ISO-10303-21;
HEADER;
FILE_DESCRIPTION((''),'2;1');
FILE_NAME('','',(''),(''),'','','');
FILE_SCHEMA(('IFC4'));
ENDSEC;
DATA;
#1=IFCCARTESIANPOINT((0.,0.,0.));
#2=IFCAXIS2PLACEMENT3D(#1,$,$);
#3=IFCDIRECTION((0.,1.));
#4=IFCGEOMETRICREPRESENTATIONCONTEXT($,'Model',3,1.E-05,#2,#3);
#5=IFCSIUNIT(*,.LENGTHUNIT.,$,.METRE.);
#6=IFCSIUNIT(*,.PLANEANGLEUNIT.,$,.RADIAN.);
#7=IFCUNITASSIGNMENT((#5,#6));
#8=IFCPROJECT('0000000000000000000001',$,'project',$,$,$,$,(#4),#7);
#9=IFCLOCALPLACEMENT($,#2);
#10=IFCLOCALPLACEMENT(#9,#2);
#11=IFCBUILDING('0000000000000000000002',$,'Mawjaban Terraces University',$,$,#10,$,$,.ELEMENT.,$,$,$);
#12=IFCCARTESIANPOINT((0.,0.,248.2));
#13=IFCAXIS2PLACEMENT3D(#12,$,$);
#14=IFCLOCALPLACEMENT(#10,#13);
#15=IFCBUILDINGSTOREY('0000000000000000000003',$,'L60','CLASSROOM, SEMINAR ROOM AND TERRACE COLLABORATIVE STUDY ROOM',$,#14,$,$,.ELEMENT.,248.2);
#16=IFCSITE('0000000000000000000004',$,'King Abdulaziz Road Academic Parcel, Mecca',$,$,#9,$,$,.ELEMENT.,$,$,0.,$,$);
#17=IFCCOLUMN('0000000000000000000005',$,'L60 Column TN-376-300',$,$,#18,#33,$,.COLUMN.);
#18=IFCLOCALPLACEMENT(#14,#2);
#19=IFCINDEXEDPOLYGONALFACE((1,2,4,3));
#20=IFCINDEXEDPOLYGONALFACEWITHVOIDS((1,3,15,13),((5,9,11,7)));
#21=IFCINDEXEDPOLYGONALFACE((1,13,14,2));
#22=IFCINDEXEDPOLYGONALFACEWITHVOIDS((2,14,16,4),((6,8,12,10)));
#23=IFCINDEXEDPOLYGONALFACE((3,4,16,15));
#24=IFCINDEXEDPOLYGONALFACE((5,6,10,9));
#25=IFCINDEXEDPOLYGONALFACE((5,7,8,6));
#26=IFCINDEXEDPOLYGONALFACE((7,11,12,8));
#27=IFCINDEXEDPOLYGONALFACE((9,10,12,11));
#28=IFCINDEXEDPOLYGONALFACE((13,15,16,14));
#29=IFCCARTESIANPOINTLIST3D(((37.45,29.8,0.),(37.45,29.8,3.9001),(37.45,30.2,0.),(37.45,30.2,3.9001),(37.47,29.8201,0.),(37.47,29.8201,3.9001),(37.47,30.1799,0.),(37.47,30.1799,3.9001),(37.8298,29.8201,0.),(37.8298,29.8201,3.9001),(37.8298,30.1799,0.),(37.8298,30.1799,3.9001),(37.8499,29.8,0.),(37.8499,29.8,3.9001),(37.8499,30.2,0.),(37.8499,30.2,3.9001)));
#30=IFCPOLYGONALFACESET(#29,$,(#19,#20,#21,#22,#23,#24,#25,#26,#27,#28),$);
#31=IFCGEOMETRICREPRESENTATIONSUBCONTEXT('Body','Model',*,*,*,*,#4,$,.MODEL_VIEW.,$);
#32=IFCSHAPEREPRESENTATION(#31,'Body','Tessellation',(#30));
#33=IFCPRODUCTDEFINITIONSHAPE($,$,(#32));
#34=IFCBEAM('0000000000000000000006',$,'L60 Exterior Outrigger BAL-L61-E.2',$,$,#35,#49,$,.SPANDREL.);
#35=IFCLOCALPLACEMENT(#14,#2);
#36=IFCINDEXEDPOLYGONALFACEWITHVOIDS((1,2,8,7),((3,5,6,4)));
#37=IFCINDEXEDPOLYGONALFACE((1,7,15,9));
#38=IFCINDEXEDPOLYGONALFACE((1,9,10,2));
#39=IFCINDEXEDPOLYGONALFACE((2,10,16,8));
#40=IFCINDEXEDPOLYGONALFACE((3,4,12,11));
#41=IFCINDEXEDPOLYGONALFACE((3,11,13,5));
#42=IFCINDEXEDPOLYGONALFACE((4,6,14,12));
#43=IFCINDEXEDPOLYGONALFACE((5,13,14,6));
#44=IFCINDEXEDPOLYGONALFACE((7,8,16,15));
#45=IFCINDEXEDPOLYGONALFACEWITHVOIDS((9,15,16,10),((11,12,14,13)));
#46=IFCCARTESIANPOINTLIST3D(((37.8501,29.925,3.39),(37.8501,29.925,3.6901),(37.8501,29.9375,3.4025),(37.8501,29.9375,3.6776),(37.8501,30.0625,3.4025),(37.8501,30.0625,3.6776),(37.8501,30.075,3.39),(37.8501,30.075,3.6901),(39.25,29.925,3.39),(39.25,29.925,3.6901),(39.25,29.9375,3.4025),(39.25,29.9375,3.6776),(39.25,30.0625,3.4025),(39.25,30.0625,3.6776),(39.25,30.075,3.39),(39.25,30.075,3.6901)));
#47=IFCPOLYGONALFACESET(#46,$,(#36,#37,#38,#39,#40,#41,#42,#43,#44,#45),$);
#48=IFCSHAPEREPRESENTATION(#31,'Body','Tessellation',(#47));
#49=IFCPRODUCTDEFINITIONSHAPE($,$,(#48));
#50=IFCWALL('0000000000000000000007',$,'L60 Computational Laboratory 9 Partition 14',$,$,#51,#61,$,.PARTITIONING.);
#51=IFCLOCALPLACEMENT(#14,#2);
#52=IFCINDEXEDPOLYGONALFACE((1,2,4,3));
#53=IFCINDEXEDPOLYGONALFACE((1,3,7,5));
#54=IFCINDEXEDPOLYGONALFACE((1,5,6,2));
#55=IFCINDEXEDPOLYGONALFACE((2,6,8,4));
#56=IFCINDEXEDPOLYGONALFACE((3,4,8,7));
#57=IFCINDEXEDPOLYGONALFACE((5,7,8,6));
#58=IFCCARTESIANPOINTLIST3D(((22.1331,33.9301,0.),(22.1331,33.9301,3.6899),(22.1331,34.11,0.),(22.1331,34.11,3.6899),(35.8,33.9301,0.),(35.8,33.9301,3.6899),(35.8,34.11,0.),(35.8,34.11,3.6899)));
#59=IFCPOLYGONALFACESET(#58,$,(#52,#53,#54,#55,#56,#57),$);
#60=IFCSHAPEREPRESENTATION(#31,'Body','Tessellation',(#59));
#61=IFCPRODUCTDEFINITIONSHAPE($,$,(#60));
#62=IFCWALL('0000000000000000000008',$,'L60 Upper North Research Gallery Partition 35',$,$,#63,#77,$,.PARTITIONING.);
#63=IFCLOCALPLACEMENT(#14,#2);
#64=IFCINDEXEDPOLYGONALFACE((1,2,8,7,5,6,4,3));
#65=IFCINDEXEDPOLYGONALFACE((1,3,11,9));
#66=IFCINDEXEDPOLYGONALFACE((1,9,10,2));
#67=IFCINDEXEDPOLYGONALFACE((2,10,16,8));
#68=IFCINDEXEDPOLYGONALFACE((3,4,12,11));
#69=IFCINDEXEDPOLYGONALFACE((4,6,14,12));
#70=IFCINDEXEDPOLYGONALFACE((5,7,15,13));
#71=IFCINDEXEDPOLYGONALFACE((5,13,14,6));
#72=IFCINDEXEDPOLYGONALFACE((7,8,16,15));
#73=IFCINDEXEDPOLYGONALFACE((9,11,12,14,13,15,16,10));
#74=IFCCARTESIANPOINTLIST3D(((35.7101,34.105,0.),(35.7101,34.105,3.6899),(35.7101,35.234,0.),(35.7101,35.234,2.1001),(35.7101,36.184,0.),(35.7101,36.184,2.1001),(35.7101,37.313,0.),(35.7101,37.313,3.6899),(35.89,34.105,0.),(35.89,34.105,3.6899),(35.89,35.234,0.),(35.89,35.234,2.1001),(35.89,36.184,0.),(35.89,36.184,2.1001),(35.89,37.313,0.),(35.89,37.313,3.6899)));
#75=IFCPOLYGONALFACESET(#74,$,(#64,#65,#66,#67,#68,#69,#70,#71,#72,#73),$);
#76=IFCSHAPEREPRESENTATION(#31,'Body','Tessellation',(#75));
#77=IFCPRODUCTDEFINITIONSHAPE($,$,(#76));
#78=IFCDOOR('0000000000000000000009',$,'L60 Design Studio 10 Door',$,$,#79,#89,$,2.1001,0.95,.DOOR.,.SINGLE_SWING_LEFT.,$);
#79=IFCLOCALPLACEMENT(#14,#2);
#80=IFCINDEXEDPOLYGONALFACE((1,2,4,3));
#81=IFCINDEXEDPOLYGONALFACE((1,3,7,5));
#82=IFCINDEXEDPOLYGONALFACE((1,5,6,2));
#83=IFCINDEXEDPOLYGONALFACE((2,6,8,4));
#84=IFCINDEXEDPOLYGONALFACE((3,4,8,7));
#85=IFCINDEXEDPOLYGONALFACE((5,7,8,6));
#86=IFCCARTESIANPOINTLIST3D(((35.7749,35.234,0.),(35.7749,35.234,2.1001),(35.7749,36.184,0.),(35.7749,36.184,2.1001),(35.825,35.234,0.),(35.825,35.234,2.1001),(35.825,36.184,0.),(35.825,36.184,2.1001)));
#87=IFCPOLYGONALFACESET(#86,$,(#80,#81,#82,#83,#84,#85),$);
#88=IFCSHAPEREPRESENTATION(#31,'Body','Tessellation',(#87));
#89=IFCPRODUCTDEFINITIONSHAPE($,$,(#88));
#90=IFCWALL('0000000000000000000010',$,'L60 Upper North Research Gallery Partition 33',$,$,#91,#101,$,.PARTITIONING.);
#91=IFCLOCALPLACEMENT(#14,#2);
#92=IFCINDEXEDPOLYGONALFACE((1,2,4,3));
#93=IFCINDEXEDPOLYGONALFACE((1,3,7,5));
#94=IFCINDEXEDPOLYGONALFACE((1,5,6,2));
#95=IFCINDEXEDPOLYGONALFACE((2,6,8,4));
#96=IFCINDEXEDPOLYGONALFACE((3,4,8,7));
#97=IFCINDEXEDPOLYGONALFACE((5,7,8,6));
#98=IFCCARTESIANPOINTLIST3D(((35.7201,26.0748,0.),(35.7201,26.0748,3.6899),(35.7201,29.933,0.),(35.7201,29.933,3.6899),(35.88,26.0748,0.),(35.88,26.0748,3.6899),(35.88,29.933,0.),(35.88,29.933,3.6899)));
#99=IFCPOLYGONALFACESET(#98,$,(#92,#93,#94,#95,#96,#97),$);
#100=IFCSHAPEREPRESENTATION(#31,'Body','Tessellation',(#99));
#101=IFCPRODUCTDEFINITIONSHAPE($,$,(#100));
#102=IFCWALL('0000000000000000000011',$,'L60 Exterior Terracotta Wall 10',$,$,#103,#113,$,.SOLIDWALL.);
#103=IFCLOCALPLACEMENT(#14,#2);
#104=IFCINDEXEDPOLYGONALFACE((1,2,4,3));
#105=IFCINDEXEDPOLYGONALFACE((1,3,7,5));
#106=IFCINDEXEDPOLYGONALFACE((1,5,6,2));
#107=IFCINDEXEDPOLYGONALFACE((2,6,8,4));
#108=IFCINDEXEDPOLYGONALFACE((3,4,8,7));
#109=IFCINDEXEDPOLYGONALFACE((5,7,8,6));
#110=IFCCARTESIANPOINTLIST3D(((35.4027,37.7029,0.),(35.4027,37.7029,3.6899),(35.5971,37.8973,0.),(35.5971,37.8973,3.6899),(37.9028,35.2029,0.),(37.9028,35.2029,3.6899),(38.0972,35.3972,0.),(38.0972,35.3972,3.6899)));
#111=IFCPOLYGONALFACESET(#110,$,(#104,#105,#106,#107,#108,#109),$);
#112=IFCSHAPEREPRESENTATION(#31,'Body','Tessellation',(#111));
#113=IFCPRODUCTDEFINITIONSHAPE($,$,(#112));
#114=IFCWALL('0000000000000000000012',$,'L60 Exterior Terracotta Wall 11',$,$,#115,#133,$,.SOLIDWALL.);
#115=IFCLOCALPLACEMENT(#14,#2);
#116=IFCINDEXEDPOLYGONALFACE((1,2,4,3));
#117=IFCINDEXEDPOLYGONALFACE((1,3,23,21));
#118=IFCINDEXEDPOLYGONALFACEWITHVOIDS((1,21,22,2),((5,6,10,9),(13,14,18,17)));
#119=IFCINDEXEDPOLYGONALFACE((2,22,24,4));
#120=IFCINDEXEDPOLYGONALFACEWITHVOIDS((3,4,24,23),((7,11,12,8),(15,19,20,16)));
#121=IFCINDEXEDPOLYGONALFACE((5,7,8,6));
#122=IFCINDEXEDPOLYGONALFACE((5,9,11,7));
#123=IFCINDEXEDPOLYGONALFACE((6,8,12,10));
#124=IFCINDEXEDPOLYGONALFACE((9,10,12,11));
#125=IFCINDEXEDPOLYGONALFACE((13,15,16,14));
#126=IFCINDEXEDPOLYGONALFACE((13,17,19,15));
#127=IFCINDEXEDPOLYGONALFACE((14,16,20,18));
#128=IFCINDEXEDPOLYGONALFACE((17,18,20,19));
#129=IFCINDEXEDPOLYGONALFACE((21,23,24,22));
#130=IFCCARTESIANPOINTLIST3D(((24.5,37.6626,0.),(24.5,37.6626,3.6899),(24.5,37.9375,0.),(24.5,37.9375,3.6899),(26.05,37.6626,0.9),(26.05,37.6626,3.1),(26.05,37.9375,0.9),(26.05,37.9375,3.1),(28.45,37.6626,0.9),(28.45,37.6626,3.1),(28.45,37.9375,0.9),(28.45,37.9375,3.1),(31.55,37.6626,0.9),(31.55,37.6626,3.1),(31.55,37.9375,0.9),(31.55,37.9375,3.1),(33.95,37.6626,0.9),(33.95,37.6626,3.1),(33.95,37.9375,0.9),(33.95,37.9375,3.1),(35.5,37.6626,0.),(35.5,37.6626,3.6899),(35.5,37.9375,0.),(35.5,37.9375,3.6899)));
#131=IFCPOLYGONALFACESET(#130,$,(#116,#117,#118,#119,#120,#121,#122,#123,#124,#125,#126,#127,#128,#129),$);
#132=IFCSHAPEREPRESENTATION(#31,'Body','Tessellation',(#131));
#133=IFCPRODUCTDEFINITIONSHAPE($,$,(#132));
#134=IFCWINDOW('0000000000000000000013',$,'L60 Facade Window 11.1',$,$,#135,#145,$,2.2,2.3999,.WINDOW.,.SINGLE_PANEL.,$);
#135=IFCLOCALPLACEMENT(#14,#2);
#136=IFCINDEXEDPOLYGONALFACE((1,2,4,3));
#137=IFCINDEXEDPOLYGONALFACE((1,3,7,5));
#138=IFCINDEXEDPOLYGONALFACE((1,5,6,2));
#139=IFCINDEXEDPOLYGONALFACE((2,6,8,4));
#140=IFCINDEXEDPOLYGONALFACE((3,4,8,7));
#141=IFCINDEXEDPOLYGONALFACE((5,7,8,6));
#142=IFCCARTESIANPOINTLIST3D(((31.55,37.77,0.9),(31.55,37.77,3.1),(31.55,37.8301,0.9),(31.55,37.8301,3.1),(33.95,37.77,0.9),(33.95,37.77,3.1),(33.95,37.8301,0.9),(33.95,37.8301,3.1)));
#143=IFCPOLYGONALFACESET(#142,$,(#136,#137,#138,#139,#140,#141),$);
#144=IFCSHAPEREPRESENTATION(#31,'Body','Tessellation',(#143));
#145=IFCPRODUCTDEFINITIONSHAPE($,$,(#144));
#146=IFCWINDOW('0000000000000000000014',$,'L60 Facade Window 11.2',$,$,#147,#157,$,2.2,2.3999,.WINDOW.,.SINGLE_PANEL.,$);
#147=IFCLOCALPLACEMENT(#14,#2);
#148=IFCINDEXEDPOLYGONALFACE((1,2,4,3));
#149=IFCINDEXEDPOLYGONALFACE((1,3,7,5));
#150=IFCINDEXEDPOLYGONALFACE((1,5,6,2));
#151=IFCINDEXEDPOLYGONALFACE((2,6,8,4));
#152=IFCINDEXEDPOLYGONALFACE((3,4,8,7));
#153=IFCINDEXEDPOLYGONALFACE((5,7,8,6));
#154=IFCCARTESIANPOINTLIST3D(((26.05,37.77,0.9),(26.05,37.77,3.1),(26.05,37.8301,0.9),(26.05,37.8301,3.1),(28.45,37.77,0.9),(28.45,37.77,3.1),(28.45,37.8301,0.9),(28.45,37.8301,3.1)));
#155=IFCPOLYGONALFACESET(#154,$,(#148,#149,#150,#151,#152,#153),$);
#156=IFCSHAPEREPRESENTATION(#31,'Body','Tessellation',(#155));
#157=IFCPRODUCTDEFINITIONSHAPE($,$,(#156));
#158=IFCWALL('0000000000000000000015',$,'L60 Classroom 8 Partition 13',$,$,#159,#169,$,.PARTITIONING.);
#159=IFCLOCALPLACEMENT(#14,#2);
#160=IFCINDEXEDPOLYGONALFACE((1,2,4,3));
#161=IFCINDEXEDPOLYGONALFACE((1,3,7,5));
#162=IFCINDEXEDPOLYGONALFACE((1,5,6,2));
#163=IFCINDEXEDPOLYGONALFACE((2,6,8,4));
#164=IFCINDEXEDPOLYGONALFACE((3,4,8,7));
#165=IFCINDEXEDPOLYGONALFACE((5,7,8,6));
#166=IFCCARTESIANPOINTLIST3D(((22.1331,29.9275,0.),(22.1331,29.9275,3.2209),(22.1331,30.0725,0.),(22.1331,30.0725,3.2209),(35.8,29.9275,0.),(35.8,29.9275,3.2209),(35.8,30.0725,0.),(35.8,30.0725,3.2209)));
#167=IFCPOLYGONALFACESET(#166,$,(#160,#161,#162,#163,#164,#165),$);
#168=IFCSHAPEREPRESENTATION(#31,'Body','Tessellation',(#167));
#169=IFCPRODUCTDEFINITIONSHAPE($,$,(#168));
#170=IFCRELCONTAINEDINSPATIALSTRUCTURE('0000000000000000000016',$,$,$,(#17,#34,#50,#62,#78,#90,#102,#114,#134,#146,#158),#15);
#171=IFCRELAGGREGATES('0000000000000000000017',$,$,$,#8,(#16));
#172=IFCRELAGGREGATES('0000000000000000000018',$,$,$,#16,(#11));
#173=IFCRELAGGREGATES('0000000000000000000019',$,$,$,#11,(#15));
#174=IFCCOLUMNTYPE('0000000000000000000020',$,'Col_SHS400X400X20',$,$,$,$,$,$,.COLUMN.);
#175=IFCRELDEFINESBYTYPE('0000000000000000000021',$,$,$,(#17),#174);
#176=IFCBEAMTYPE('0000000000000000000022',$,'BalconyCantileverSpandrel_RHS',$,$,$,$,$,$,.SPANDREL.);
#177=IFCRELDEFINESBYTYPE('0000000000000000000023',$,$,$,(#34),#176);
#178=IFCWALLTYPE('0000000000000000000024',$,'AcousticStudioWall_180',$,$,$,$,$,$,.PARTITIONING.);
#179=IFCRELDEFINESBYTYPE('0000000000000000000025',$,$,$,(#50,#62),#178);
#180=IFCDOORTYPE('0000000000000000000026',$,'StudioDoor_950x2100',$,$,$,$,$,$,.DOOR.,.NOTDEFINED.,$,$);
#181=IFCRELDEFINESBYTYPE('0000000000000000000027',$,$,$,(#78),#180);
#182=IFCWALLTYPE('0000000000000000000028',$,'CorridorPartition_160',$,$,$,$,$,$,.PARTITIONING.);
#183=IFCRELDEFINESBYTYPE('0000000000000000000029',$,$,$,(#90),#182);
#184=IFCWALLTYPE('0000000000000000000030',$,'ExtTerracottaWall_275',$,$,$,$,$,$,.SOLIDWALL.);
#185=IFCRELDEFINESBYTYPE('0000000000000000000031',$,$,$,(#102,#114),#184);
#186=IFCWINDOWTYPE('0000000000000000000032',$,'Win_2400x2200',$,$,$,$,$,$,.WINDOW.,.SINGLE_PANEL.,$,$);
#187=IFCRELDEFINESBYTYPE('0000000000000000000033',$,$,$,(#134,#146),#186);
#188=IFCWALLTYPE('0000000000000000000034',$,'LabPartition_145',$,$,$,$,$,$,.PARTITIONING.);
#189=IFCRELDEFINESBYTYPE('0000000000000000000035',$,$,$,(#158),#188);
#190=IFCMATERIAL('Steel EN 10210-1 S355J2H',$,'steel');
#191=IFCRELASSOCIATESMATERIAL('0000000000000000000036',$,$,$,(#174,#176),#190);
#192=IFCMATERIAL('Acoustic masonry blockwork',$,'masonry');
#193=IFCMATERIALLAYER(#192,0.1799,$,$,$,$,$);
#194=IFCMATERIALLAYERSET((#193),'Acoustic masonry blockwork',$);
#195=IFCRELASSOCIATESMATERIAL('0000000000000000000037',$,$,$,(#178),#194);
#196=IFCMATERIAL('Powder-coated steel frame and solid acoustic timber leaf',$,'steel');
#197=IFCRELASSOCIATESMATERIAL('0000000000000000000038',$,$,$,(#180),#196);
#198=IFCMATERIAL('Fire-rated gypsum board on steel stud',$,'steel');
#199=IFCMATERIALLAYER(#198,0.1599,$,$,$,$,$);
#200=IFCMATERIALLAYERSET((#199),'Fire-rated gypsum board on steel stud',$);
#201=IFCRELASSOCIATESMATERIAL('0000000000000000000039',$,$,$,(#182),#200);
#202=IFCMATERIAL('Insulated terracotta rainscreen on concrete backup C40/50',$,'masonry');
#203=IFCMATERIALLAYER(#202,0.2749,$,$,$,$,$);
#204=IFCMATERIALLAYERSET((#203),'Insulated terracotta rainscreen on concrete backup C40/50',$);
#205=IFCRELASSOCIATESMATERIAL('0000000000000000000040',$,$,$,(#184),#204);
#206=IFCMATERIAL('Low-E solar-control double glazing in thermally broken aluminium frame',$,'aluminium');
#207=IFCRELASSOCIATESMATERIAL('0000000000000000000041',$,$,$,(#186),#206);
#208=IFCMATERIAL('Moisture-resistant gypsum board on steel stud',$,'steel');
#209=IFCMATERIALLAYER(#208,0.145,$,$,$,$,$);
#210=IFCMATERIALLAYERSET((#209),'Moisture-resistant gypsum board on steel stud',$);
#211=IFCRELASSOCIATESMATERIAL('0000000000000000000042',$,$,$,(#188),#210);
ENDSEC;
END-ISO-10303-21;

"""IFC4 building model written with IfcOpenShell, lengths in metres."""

from ifc_helpers import new_model, si_unit, direction, frame, frame_2d, origin, origin_2d, place, context, subcontext, project, spatial, rectangle, hollow_rectangle, extrude, material, layer, layer_set, material_profile, profile_set, type_object, element, fill, save


model = new_model("IFC4")

# Units and contexts
model_context = context("Model", 3, precision=1e-05, world=origin(), true_north=direction((0.0, 1.0)))
body_context = subcontext(model_context, "Body", "Model", "MODEL_VIEW")
ifc_project = project(units=[si_unit("LENGTHUNIT", "METRE"), si_unit("PLANEANGLEUNIT", "RADIAN")], contexts=[model_context])

# Site, building, storey
site_placement = place(None, origin())
site = spatial("IfcSite", under=ifc_project, at=site_placement, Name="King Abdulaziz Road Academic Parcel, Mecca", CompositionType="ELEMENT", RefElevation=0.0)
building_placement = place(site_placement, origin())
building = spatial("IfcBuilding", under=site, at=building_placement, Name="Mawjaban Terraces University", CompositionType="ELEMENT")
storey_placement = place(building_placement, frame((0.0, 0.0, 248.2)))
storey = spatial("IfcBuildingStorey", under=building, at=storey_placement, Name="L60", Description="CLASSROOM, SEMINAR ROOM AND TERRACE COLLABORATIVE STUDY ROOM", CompositionType="ELEMENT", Elevation=248.2)

# Column
ifc_material_1 = material(Name="Steel EN 10210-1 S355J2H", Category="steel")
ifc_material_profile_1 = material_profile(ifc_material_1, hollow_rectangle(XDim=0.3999, YDim=0.3999, WallThickness=0.02, at=origin_2d()), Name="SHS400X400X20")
ifc_profile_set_1 = profile_set([ifc_material_profile_1], Name="Steel EN 10210-1 S355J2H")
column_type = type_object("IfcColumnType", Name="Col_SHS400X400X20", PredefinedType="COLUMN", material=ifc_profile_set_1)
column_placement = place(storey_placement, frame((37.6499, 30.0, 0.0), z_axis=(0.0, 0.0, 1.0), x_axis=(1.0, 0.0, 0.0)))
element("IfcColumn", 1, at=column_placement, inside=storey, type_object=column_type, Name="L60 Column TN-376-300", PredefinedType="COLUMN", context=body_context, shape_type="SweptSolid", body=[
    extrude(hollow_rectangle(XDim=0.3999, YDim=0.3999, WallThickness=0.02, at=origin_2d()), origin(), (0.0, 0.0, 1.0), 3.9001),
])

# Beam
ifc_material_profile_2 = material_profile(ifc_material_1, hollow_rectangle(XDim=0.1499, YDim=0.3, WallThickness=0.0125, at=origin_2d()), Name="RHS300X150X12.5")
ifc_profile_set_2 = profile_set([ifc_material_profile_2], Name="Steel EN 10210-1 S355J2H")
beam_type = type_object("IfcBeamType", Name="BalconyCantileverSpandrel_RHS", PredefinedType="SPANDREL", material=ifc_profile_set_2)
beam_placement = place(storey_placement, frame((37.8501, 30.0, 3.54), z_axis=(1.0, 0.0, 0.0), x_axis=(0.0, 1.0, 0.0)))
element("IfcBeam", 2, at=beam_placement, inside=storey, type_object=beam_type, Name="L60 Exterior Outrigger BAL-L61-E.2", PredefinedType="SPANDREL", context=body_context, shape_type="SweptSolid", body=[
    extrude(hollow_rectangle(XDim=0.1499, YDim=0.3, WallThickness=0.0125, at=origin_2d()), origin(), (0.0, 0.0, 1.0), 1.3999),
])

# Wall
ifc_material_2 = material(Name="Acoustic masonry blockwork", Category="masonry")
ifc_layer_1 = layer(ifc_material_2, 0.1799)
ifc_layer_set_1 = layer_set([ifc_layer_1], Name="Acoustic masonry blockwork")
wall_type_1 = type_object("IfcWallType", Name="AcousticStudioWall_180", PredefinedType="PARTITIONING", material=ifc_layer_set_1)
wall_1_placement = place(storey_placement, frame((35.8, 34.02, 0.0), z_axis=(0.0, 0.0, 1.0), x_axis=(-1.0, 0.0, 0.0)))
element("IfcWall", 3, at=wall_1_placement, inside=storey, type_object=wall_type_1, Name="L60 Computational Laboratory 9 Partition 14", PredefinedType="PARTITIONING", context=body_context, shape_type="SweptSolid", body=[
    extrude(rectangle(XDim=13.667, YDim=0.1799, at=frame_2d((6.8335, 0.0))), origin(), (0.0, 0.0, 1.0), 3.6899),
])

# Wall, opening, door
wall_2_placement = place(storey_placement, frame((35.8, 37.313, 0.0), z_axis=(0.0, 0.0, 1.0), x_axis=(0.0, -1.0, 0.0)))
wall_2 = element("IfcWall", 4, at=wall_2_placement, inside=storey, type_object=wall_type_1, Name="L60 Upper North Research Gallery Partition 35", PredefinedType="PARTITIONING", context=body_context, shape_type="SweptSolid", body=[
    extrude(rectangle(XDim=3.208, YDim=0.1799, at=frame_2d((1.604, 0.0))), origin(), (0.0, 0.0, 1.0), 3.6899),
])
opening_1_placement = place(wall_2_placement, frame((1.1289, 0.0, 0.0)))
opening_1 = element("IfcOpeningElement", 5, at=opening_1_placement, cuts=wall_2, PredefinedType="OPENING", context=body_context, shape_type="SweptSolid", body=[
    extrude(rectangle(XDim=0.95, YDim=2.1001, at=frame_2d((0.4751, 1.05))), frame((0.0, 0.0999, 0.0), z_axis=(0.0, -1.0, 0.0), x_axis=(1.0, 0.0, 0.0)), (0.0, 0.0, 1.0), 0.2),
])
ifc_material_3 = material(Name="Powder-coated steel frame and solid acoustic timber leaf", Category="steel")
door_type_1 = type_object("IfcDoorType", Name="StudioDoor_950x2100", OperationType="NOTDEFINED", PredefinedType="DOOR", material=ifc_material_3)
door_1_placement = place(opening_1_placement, origin())
door_1 = element("IfcDoor", 6, at=door_1_placement, inside=storey, type_object=door_type_1, Name="L60 Design Studio 10 Door", OperationType="SINGLE_SWING_LEFT", OverallHeight=2.1001, OverallWidth=0.95, PredefinedType="DOOR", context=body_context, shape_type="SweptSolid", body=[
    extrude(rectangle(XDim=0.95, YDim=2.1001, at=frame_2d((0.4751, 1.05))), frame((0.0, 0.0249, 0.0), z_axis=(0.0, -1.0, 0.0), x_axis=(1.0, 0.0, 0.0)), (0.0, 0.0, 1.0), 0.05),
])
fill(opening_1, door_1)

# Walls
ifc_material_4 = material(Name="Fire-rated gypsum board on steel stud", Category="steel")
ifc_layer_2 = layer(ifc_material_4, 0.1599)
ifc_layer_set_2 = layer_set([ifc_layer_2], Name="Fire-rated gypsum board on steel stud")
wall_type_2 = type_object("IfcWallType", Name="CorridorPartition_160", PredefinedType="PARTITIONING", material=ifc_layer_set_2)
wall_3_placement = place(storey_placement, frame((35.8, 29.9331, 0.0), z_axis=(0.0, 0.0, 1.0), x_axis=(0.0, -1.0, 0.0)))
element("IfcWall", 7, at=wall_3_placement, inside=storey, type_object=wall_type_2, Name="L60 Upper North Research Gallery Partition 33", PredefinedType="PARTITIONING", context=body_context, shape_type="SweptSolid", body=[
    extrude(rectangle(XDim=3.8582, YDim=0.1599, at=frame_2d((1.9292, 0.0))), origin(), (0.0, 0.0, 1.0), 3.6899),
])
ifc_material_5 = material(Name="Insulated terracotta rainscreen on concrete backup C40/50", Category="masonry")
ifc_layer_3 = layer(ifc_material_5, 0.2749)
ifc_layer_set_3 = layer_set([ifc_layer_3], Name="Insulated terracotta rainscreen on concrete backup C40/50")
wall_type_3 = type_object("IfcWallType", Name="ExtTerracottaWall_275", PredefinedType="SOLIDWALL", material=ifc_layer_set_3)
wall_4_placement = place(storey_placement, frame((38.0, 35.3, 0.0), z_axis=(0.0, 0.0, 1.0), x_axis=(-0.707107, 0.707107, 0.0)))
element("IfcWall", 8, at=wall_4_placement, inside=storey, type_object=wall_type_3, Name="L60 Exterior Terracotta Wall 10", PredefinedType="SOLIDWALL", context=body_context, shape_type="SweptSolid", body=[
    extrude(rectangle(XDim=3.5356, YDim=0.2749, at=frame_2d((1.7678, 0.0))), origin(), (0.0, 0.0, 1.0), 3.6899),
])

# Wall, openings, windows
wall_5_placement = place(storey_placement, frame((35.5, 37.8, 0.0), z_axis=(0.0, 0.0, 1.0), x_axis=(-1.0, 0.0, 0.0)))
wall_5 = element("IfcWall", 9, at=wall_5_placement, inside=storey, type_object=wall_type_3, Name="L60 Exterior Terracotta Wall 11", PredefinedType="SOLIDWALL", context=body_context, shape_type="SweptSolid", body=[
    extrude(rectangle(XDim=11.0, YDim=0.2749, at=frame_2d((5.5, 0.0))), origin(), (0.0, 0.0, 1.0), 3.6899),
])
opening_2_placement = place(wall_5_placement, frame((1.55, 0.0, 0.8999)))
opening_2 = element("IfcOpeningElement", 10, at=opening_2_placement, cuts=wall_5, PredefinedType="OPENING", context=body_context, shape_type="SweptSolid", body=[
    extrude(rectangle(XDim=2.3999, YDim=2.2, at=frame_2d((1.2, 1.1001))), frame((0.0, 0.1475, 0.0), z_axis=(0.0, -1.0, 0.0), x_axis=(1.0, 0.0, 0.0)), (0.0, 0.0, 1.0), 0.2949),
])
opening_3_placement = place(wall_5_placement, frame((7.05, 0.0, 0.8999)))
opening_3 = element("IfcOpeningElement", 11, at=opening_3_placement, cuts=wall_5, PredefinedType="OPENING", context=body_context, shape_type="SweptSolid", body=[
    extrude(rectangle(XDim=2.3999, YDim=2.2, at=frame_2d((1.2, 1.1001))), frame((0.0, 0.1475, 0.0), z_axis=(0.0, -1.0, 0.0), x_axis=(1.0, 0.0, 0.0)), (0.0, 0.0, 1.0), 0.2949),
])
ifc_material_6 = material(Name="Low-E solar-control double glazing in thermally broken aluminium frame", Category="aluminium")
window_type = type_object("IfcWindowType", Name="Win_2400x2200", PartitioningType="SINGLE_PANEL", PredefinedType="WINDOW", material=ifc_material_6)
window_1_placement = place(opening_2_placement, origin())
window_1 = element("IfcWindow", 12, at=window_1_placement, inside=storey, type_object=window_type, Name="L60 Facade Window 11.1", OverallHeight=2.2, OverallWidth=2.3999, PartitioningType="SINGLE_PANEL", PredefinedType="WINDOW", context=body_context, shape_type="SweptSolid", body=[
    extrude(rectangle(XDim=2.3999, YDim=2.2, at=frame_2d((1.2, 1.1001))), frame((0.0, 0.03, 0.0), z_axis=(0.0, -1.0, 0.0), x_axis=(1.0, 0.0, 0.0)), (0.0, 0.0, 1.0), 0.0601),
])
fill(opening_2, window_1)
window_2_placement = place(opening_3_placement, origin())
window_2 = element("IfcWindow", 13, at=window_2_placement, inside=storey, type_object=window_type, Name="L60 Facade Window 11.2", OverallHeight=2.2, OverallWidth=2.3999, PartitioningType="SINGLE_PANEL", PredefinedType="WINDOW", context=body_context, shape_type="SweptSolid", body=[
    extrude(rectangle(XDim=2.3999, YDim=2.2, at=frame_2d((1.2, 1.1001))), frame((0.0, 0.03, 0.0), z_axis=(0.0, -1.0, 0.0), x_axis=(1.0, 0.0, 0.0)), (0.0, 0.0, 1.0), 0.0601),
])
fill(opening_3, window_2)

# Wall
ifc_material_7 = material(Name="Moisture-resistant gypsum board on steel stud", Category="steel")
ifc_layer_4 = layer(ifc_material_7, 0.145)
ifc_layer_set_4 = layer_set([ifc_layer_4], Name="Moisture-resistant gypsum board on steel stud")
wall_type_4 = type_object("IfcWallType", Name="LabPartition_145", PredefinedType="PARTITIONING", material=ifc_layer_set_4)
wall_6_placement = place(storey_placement, frame((35.8, 30.0, 0.0), z_axis=(0.0, 0.0, 1.0), x_axis=(-1.0, 0.0, 0.0)))
element("IfcWall", 14, at=wall_6_placement, inside=storey, type_object=wall_type_4, Name="L60 Classroom 8 Partition 13", PredefinedType="PARTITIONING", context=body_context, shape_type="SweptSolid", body=[
    extrude(rectangle(XDim=13.667, YDim=0.145, at=frame_2d((6.8335, 0.0))), origin(), (0.0, 0.0, 1.0), 3.2209),
])

save(model, "model.ifc")
